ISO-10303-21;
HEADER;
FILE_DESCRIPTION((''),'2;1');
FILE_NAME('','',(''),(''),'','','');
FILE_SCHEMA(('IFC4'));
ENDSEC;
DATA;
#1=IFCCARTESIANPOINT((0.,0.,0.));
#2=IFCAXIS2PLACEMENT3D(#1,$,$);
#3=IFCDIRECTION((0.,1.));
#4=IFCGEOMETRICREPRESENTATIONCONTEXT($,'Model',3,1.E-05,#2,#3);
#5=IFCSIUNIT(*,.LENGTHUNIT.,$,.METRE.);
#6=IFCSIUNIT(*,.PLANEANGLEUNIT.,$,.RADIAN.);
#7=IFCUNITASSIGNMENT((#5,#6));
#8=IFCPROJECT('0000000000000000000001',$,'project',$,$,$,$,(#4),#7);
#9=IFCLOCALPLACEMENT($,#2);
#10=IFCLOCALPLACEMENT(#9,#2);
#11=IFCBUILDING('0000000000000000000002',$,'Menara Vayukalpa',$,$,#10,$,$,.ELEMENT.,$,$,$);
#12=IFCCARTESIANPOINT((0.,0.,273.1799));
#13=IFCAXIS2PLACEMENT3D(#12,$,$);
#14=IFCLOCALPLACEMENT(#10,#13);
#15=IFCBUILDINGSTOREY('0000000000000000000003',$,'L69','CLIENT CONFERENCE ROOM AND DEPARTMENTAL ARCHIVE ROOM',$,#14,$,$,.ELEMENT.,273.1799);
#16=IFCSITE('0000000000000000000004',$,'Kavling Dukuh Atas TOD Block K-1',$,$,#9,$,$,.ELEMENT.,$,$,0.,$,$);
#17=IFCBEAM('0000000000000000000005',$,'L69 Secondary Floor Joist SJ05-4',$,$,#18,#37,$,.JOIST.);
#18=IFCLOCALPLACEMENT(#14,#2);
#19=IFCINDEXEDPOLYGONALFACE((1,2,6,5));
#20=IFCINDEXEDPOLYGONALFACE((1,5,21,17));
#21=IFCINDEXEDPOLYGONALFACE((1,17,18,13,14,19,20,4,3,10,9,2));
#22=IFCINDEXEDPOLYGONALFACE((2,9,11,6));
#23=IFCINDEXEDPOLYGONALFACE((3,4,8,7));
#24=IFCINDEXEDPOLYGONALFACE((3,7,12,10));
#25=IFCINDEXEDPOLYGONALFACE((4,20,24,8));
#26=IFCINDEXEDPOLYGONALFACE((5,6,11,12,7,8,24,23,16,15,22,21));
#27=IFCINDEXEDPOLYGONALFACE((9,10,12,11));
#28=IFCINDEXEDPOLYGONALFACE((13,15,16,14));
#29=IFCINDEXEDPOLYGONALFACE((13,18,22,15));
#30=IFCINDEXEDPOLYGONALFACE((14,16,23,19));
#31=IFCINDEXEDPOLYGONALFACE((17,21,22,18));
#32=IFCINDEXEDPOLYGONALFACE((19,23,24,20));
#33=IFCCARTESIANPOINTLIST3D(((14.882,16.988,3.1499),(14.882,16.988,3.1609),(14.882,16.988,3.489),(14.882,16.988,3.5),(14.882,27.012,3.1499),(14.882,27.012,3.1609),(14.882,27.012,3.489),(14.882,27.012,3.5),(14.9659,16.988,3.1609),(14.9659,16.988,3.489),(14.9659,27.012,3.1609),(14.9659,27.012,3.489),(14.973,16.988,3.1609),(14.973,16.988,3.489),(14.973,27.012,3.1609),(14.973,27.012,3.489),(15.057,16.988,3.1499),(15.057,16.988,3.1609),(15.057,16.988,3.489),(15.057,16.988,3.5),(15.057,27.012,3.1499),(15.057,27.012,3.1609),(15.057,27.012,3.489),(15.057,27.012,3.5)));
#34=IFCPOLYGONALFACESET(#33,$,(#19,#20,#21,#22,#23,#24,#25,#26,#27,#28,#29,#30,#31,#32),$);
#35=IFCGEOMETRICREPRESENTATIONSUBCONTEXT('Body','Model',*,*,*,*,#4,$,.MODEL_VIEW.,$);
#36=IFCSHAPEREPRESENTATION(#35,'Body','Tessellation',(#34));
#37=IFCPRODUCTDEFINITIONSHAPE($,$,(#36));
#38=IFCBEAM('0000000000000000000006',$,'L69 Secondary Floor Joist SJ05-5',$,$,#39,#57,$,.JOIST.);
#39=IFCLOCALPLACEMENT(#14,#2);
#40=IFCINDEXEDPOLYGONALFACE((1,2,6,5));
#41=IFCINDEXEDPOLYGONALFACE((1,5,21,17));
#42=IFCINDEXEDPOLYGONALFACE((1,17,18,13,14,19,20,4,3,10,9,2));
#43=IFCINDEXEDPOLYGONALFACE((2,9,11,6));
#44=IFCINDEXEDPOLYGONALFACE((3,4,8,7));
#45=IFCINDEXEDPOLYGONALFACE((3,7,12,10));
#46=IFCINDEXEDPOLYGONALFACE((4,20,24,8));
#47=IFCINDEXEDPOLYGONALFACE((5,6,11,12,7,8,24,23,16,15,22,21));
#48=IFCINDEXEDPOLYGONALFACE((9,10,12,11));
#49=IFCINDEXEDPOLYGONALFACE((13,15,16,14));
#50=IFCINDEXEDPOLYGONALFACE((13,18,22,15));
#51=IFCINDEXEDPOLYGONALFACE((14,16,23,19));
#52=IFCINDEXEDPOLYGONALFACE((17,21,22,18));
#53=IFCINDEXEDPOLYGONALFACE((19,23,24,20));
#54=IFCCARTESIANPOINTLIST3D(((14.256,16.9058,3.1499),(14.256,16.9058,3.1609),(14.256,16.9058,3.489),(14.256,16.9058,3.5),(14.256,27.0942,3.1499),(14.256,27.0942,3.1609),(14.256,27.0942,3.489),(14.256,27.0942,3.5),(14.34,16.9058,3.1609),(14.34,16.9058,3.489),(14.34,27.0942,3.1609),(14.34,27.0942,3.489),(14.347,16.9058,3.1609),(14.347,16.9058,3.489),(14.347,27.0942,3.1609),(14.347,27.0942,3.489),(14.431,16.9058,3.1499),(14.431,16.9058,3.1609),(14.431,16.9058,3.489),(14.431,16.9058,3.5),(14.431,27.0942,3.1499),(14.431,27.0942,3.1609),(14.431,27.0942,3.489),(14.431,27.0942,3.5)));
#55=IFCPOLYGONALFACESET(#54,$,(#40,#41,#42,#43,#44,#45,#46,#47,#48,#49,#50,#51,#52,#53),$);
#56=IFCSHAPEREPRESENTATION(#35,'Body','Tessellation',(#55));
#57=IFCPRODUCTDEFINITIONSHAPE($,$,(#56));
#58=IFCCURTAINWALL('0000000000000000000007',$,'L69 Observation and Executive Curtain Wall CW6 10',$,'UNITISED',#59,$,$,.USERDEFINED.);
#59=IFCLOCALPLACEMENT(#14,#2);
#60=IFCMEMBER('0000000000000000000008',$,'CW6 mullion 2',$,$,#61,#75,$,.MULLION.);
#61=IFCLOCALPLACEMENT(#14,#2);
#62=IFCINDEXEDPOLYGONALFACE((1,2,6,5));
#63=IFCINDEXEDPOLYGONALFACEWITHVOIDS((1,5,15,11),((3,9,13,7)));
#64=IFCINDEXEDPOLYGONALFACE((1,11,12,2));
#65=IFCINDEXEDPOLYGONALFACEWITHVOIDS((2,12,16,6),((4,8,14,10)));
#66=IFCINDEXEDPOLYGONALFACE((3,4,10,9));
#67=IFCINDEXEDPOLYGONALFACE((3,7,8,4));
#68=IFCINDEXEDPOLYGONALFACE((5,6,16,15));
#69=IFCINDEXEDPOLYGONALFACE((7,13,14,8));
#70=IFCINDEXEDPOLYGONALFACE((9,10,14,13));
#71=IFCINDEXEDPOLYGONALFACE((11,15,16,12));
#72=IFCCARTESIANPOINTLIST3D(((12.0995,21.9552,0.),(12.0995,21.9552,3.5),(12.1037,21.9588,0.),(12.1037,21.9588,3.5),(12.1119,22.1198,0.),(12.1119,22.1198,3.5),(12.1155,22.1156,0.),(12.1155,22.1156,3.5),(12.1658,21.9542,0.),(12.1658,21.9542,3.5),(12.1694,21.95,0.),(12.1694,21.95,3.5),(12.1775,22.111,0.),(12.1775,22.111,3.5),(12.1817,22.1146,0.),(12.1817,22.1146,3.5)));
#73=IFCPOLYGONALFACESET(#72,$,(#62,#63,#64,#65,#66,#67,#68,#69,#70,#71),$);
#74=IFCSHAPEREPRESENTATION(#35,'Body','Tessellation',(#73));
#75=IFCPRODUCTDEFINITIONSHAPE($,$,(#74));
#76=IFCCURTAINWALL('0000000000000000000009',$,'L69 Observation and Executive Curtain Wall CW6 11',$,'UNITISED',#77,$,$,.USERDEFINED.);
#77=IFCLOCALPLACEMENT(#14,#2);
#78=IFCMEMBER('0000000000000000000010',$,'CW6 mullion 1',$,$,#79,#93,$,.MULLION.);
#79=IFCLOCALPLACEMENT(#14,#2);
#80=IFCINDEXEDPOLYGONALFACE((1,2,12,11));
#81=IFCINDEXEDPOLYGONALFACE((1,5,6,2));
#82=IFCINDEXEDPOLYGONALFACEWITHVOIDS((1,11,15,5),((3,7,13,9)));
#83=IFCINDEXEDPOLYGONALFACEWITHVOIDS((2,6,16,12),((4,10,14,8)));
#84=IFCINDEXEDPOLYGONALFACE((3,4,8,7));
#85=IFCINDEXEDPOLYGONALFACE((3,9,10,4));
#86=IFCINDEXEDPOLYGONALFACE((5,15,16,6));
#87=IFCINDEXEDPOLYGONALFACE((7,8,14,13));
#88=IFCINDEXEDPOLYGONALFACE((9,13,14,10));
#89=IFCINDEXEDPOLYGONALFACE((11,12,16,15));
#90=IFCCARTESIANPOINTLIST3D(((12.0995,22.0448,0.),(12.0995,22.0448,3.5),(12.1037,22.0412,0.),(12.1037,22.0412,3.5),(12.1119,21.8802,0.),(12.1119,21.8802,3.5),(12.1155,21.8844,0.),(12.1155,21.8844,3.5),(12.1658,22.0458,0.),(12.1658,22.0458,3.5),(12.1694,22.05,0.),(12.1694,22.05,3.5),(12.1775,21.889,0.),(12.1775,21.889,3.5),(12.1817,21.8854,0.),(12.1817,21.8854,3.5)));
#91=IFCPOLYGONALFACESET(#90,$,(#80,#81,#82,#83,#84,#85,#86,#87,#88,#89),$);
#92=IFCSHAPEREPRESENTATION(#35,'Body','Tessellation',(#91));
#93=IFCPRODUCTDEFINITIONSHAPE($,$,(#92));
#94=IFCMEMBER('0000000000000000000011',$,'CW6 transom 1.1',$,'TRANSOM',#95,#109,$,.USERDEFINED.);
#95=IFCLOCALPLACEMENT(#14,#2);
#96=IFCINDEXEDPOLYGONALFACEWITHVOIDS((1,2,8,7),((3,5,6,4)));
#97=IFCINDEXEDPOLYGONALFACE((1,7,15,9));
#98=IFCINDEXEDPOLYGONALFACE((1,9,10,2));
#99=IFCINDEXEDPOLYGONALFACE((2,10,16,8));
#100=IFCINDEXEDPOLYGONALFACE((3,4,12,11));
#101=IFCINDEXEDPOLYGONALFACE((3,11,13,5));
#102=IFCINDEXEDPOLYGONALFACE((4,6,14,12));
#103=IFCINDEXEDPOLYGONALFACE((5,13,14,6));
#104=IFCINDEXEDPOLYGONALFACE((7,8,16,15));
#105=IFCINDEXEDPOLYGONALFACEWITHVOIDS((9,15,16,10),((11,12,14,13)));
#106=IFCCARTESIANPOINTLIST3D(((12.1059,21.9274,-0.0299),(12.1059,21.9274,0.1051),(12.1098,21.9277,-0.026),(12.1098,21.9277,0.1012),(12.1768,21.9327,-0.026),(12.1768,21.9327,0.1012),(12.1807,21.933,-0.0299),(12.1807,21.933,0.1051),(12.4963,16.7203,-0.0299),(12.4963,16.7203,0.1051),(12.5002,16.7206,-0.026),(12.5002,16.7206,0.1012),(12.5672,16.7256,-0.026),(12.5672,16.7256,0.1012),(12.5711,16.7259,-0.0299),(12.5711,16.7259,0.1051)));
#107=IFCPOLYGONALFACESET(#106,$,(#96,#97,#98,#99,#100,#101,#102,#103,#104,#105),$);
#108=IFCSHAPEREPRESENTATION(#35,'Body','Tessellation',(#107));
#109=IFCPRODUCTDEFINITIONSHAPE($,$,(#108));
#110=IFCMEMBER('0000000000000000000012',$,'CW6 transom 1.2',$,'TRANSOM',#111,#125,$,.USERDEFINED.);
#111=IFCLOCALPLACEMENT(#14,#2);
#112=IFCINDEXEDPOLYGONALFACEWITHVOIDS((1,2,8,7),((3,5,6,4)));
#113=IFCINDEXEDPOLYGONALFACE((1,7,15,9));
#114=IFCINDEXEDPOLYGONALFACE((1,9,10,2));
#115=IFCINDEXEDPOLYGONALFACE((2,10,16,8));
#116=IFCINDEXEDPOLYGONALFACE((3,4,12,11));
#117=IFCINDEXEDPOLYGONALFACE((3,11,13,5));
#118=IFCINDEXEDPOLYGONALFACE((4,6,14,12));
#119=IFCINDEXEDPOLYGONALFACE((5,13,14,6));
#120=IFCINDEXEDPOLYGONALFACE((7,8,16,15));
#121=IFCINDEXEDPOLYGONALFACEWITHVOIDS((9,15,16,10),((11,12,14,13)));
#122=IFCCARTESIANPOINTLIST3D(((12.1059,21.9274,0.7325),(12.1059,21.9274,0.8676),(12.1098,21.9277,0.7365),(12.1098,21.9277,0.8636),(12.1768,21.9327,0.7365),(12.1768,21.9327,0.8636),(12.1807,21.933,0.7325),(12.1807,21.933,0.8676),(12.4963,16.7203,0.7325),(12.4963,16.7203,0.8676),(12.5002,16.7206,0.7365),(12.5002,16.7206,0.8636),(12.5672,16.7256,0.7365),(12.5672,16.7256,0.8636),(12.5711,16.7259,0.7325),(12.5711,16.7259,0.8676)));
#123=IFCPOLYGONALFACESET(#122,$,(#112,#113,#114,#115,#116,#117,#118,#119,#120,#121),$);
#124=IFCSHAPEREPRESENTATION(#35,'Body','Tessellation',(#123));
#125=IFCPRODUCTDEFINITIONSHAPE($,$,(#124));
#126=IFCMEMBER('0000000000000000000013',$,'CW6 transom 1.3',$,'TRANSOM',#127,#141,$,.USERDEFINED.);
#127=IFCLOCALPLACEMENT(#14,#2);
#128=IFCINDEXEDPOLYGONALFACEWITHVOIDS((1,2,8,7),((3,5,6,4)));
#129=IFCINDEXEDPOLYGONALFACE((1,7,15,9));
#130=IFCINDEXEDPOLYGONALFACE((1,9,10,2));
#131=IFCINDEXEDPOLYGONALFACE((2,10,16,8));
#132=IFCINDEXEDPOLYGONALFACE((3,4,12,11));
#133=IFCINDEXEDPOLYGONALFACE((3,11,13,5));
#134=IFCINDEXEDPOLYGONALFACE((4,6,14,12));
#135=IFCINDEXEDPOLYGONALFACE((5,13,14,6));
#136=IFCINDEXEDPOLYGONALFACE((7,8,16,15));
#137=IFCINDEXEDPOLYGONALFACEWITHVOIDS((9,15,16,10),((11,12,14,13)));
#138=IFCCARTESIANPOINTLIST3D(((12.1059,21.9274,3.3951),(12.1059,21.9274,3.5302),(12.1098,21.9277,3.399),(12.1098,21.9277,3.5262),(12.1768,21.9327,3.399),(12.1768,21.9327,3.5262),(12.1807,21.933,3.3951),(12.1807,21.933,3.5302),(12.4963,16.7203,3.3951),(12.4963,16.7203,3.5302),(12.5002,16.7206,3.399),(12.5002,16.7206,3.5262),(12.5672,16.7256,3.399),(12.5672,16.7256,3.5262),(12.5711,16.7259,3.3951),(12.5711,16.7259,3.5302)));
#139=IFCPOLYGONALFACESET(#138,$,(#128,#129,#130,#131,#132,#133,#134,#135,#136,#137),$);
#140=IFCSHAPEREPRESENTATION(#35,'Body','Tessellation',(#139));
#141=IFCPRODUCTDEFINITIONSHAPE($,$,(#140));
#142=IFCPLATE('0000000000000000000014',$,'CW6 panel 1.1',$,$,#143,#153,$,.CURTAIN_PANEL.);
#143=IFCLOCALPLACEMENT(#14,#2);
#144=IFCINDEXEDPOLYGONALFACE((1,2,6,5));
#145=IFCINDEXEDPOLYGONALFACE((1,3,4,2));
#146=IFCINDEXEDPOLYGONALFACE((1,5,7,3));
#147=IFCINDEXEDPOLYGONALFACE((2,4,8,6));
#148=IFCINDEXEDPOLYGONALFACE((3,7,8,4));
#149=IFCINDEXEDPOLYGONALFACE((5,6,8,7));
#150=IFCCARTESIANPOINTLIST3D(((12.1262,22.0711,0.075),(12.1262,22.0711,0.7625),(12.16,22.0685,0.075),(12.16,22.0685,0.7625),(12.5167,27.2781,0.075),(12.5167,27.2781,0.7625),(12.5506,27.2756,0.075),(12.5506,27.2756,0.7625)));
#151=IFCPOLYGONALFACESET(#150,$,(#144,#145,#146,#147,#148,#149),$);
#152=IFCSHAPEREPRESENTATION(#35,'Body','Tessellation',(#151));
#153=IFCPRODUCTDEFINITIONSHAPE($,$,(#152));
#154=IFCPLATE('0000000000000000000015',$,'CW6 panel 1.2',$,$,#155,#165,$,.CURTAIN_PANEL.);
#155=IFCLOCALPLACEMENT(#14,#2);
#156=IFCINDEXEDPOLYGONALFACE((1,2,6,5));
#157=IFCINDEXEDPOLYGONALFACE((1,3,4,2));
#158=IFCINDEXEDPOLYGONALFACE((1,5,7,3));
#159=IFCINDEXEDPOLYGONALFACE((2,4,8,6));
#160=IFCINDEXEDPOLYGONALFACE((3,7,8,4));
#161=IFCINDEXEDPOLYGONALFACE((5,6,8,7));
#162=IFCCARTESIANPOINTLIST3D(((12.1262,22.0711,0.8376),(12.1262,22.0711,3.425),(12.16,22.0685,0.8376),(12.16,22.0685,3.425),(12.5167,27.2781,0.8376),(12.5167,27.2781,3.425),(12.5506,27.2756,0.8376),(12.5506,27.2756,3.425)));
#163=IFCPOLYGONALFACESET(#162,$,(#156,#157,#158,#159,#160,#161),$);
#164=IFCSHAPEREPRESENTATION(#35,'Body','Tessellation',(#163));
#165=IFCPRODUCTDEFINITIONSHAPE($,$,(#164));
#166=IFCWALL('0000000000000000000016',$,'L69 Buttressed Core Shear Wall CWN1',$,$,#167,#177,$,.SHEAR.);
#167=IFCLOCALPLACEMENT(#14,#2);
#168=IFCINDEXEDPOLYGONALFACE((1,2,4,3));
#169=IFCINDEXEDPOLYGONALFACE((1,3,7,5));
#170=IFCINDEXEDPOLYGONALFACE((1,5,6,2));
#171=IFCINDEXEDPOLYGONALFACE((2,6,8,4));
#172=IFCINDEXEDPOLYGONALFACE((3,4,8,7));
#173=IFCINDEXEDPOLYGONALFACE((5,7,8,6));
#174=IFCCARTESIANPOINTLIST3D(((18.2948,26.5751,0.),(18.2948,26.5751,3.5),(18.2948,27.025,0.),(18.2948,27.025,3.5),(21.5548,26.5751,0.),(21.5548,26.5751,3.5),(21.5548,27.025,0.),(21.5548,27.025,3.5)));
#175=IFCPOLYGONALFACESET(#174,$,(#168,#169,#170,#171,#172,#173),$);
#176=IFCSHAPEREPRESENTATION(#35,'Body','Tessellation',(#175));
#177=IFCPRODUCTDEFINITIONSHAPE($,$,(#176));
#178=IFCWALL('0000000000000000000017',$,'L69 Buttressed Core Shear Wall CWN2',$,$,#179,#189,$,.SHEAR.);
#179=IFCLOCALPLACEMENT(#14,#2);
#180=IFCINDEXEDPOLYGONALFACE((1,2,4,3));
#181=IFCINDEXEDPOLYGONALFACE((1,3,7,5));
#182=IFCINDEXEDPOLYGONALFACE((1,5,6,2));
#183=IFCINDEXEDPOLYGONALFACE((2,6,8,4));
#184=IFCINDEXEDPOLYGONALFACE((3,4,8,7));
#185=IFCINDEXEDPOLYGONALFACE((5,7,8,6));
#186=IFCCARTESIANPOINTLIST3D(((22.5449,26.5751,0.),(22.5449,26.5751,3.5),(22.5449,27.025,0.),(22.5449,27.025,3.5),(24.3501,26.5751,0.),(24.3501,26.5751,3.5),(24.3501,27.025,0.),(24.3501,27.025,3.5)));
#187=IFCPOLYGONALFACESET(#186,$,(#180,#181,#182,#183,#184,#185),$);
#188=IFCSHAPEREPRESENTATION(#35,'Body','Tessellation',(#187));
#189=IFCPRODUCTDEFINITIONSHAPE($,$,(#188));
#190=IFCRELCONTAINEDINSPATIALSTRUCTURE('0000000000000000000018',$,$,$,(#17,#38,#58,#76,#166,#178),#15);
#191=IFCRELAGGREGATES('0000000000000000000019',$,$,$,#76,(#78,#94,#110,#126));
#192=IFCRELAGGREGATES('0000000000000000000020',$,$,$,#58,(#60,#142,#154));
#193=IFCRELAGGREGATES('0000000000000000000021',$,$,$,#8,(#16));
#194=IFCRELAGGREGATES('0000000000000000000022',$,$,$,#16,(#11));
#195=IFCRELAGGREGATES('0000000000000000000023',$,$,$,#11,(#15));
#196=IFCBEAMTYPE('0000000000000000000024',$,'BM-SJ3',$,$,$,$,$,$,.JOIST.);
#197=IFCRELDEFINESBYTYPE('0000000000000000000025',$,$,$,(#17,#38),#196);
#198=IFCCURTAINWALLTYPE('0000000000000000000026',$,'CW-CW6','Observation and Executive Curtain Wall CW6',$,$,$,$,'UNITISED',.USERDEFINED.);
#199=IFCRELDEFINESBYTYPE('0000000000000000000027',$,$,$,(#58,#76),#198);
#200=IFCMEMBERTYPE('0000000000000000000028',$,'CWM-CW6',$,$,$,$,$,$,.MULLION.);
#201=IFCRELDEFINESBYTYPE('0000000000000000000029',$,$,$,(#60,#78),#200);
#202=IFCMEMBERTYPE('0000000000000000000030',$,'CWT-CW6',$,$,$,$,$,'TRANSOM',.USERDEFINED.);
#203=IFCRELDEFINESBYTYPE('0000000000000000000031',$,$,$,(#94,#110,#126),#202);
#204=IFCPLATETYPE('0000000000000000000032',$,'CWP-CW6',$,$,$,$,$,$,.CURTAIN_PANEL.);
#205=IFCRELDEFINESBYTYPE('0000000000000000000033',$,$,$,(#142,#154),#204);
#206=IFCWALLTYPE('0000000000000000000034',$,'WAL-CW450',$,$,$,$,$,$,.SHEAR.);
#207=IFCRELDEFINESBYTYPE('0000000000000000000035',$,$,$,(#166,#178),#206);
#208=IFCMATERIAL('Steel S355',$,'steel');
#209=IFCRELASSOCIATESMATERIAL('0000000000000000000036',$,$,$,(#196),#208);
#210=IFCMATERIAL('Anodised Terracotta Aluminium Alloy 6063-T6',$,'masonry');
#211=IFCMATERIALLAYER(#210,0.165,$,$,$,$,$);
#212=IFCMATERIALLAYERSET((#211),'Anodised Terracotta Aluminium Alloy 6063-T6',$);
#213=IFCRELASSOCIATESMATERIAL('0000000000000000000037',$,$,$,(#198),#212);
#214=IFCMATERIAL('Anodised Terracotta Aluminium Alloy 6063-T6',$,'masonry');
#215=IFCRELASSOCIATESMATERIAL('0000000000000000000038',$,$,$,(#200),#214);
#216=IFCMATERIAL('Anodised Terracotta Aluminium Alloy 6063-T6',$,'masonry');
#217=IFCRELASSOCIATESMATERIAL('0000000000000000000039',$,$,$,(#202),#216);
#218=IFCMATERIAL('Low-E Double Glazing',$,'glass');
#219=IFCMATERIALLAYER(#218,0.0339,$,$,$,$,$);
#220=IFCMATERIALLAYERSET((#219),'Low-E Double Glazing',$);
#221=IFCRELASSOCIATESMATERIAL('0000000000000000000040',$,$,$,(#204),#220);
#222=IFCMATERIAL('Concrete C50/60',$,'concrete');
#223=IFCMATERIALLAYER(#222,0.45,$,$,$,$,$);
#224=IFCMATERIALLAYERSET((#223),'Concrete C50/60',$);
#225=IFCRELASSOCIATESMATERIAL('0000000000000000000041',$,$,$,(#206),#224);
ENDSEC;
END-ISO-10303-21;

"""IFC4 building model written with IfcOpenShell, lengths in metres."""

from ifc_helpers import new_model, si_unit, direction, frame, frame_2d, origin, origin_2d, place, context, subcontext, project, spatial, rectangle, hollow_rectangle, i_section, extrude, material, layer, layer_set, material_profile, profile_set, type_object, element, aggregate, save


model = new_model("IFC4")

# Units and contexts
model_context = context("Model", 3, precision=1e-05, world=origin(), true_north=direction((0.0, 1.0)))
body_context = subcontext(model_context, "Body", "Model", "MODEL_VIEW")
ifc_project = project(units=[si_unit("LENGTHUNIT", "METRE"), si_unit("PLANEANGLEUNIT", "RADIAN")], contexts=[model_context])

# Site, building, storey
site_placement = place(None, origin())
site = spatial("IfcSite", under=ifc_project, at=site_placement, Name="Kavling Dukuh Atas TOD Block K-1", CompositionType="ELEMENT", RefElevation=0.0)
building_placement = place(site_placement, origin())
building = spatial("IfcBuilding", under=site, at=building_placement, Name="Menara Vayukalpa", CompositionType="ELEMENT")
storey_placement = place(building_placement, frame((0.0, 0.0, 273.1799)))
storey = spatial("IfcBuildingStorey", under=building, at=storey_placement, Name="L69", Description="CLIENT CONFERENCE ROOM AND DEPARTMENTAL ARCHIVE ROOM", CompositionType="ELEMENT", Elevation=273.1799)

# Beams
ifc_material_1 = material(Name="Steel S355", Category="steel")
ifc_material_profile_1 = material_profile(ifc_material_1, i_section(OverallWidth=0.175, OverallDepth=0.3501, WebThickness=0.0071, FlangeThickness=0.011, at=origin_2d()), Name="WF 350x175x7x11")
ifc_profile_set_1 = profile_set([ifc_material_profile_1], Name="Steel S355")
beam_type_1 = type_object("IfcBeamType", Name="BM-SJ3", PredefinedType="JOIST", material=ifc_profile_set_1)
beam_1_placement = place(storey_placement, frame((14.9695, 27.012, 3.325), z_axis=(0.0, -1.0, 0.0), x_axis=(1.0, 0.0, 0.0)))
element("IfcBeam", 1, at=beam_1_placement, inside=storey, type_object=beam_type_1, Name="L69 Secondary Floor Joist SJ05-4", PredefinedType="JOIST", context=body_context, shape_type="SweptSolid", body=[
    extrude(i_section(OverallWidth=0.175, OverallDepth=0.3501, WebThickness=0.0071, FlangeThickness=0.011, at=origin_2d()), origin(), (0.0, 0.0, 1.0), 10.0239),
])
beam_2_placement = place(storey_placement, frame((14.3435, 27.0942, 3.325), z_axis=(0.0, -1.0, 0.0), x_axis=(1.0, 0.0, 0.0)))
element("IfcBeam", 2, at=beam_2_placement, inside=storey, type_object=beam_type_1, Name="L69 Secondary Floor Joist SJ05-5", PredefinedType="JOIST", context=body_context, shape_type="SweptSolid", body=[
    extrude(i_section(OverallWidth=0.175, OverallDepth=0.3501, WebThickness=0.0071, FlangeThickness=0.011, at=origin_2d()), origin(), (0.0, 0.0, 1.0), 10.1885),
])

# Curtain wall, member
ifc_material_2 = material(Name="Anodised Terracotta Aluminium Alloy 6063-T6", Category="masonry")
ifc_layer_1 = layer(ifc_material_2, 0.165)
ifc_layer_set_1 = layer_set([ifc_layer_1], Name="Anodised Terracotta Aluminium Alloy 6063-T6")
curtain_wall_type = type_object("IfcCurtainWallType", Name="CW-CW6", Description="Observation and Executive Curtain Wall CW6", ElementType="UNITISED", PredefinedType="USERDEFINED", material=ifc_layer_set_1)
curtain_wall_1_placement = place(storey_placement, origin())
curtain_wall_1 = element("IfcCurtainWall", 3, at=curtain_wall_1_placement, inside=storey, type_object=curtain_wall_type, Name="L69 Observation and Executive Curtain Wall CW6 10", ObjectType="UNITISED", PredefinedType="USERDEFINED")
ifc_material_3 = material(Name="Anodised Terracotta Aluminium Alloy 6063-T6", Category="masonry")
ifc_material_profile_2 = material_profile(ifc_material_3, hollow_rectangle(XDim=0.0701, YDim=0.165, WallThickness=0.0039, at=origin_2d()), Name="ALU 70x165x4")
ifc_profile_set_2 = profile_set([ifc_material_profile_2], Name="Anodised Terracotta Aluminium Alloy 6063-T6")
member_type_1 = type_object("IfcMemberType", Name="CWM-CW6", PredefinedType="MULLION", material=ifc_profile_set_2)
member_1_placement = place(storey_placement, frame((12.1406, 22.0349, 0.0), z_axis=(0.0, 0.0, 1.0), x_axis=(0.997199, -0.074789, 0.0)))
member_1 = element("IfcMember", 4, at=member_1_placement, type_object=member_type_1, Name="CW6 mullion 2", PredefinedType="MULLION", context=body_context, shape_type="SweptSolid", body=[
    extrude(hollow_rectangle(XDim=0.0701, YDim=0.165, WallThickness=0.0039, at=origin_2d()), origin(), (0.0, 0.0, 1.0), 3.5),
])

# Curtain wall, members
curtain_wall_2_placement = place(storey_placement, origin())
curtain_wall_2 = element("IfcCurtainWall", 5, at=curtain_wall_2_placement, inside=storey, type_object=curtain_wall_type, Name="L69 Observation and Executive Curtain Wall CW6 11", ObjectType="UNITISED", PredefinedType="USERDEFINED")
member_2_placement = place(storey_placement, frame((12.1406, 21.9651, 0.0), z_axis=(0.0, 0.0, 1.0), x_axis=(0.997199, 0.074789, 0.0)))
member_2 = element("IfcMember", 6, at=member_2_placement, type_object=member_type_1, Name="CW6 mullion 1", PredefinedType="MULLION", context=body_context, shape_type="SweptSolid", body=[
    extrude(hollow_rectangle(XDim=0.0701, YDim=0.165, WallThickness=0.0039, at=origin_2d()), origin(), (0.0, 0.0, 1.0), 3.5),
])
ifc_material_4 = material(Name="Anodised Terracotta Aluminium Alloy 6063-T6", Category="masonry")
ifc_material_profile_3 = material_profile(ifc_material_4, hollow_rectangle(XDim=0.075, YDim=0.135, WallThickness=0.0039, at=origin_2d()), Name="ALU 75x135x4")
ifc_profile_set_3 = profile_set([ifc_material_profile_3], Name="Anodised Terracotta Aluminium Alloy 6063-T6")
member_type_2 = type_object("IfcMemberType", Name="CWT-CW6", ElementType="TRANSOM", PredefinedType="USERDEFINED", material=ifc_profile_set_3)
member_3_placement = place(storey_placement, frame((12.1433, 21.9302, 0.0376), z_axis=(0.074762, -0.997201, 0.0), x_axis=(0.997201, 0.074762, 0.0)))
member_3 = element("IfcMember", 7, at=member_3_placement, type_object=member_type_2, Name="CW6 transom 1.1", ObjectType="TRANSOM", PredefinedType="USERDEFINED", context=body_context, shape_type="SweptSolid", body=[
    extrude(hollow_rectangle(XDim=0.075, YDim=0.135, WallThickness=0.0039, at=origin_2d()), origin(), (0.0, 0.0, 1.0), 5.2217),
])
member_4_placement = place(storey_placement, frame((12.1433, 21.9302, 0.8), z_axis=(0.074762, -0.997201, 0.0), x_axis=(0.997201, 0.074762, 0.0)))
member_4 = element("IfcMember", 8, at=member_4_placement, type_object=member_type_2, Name="CW6 transom 1.2", ObjectType="TRANSOM", PredefinedType="USERDEFINED", context=body_context, shape_type="SweptSolid", body=[
    extrude(hollow_rectangle(XDim=0.075, YDim=0.135, WallThickness=0.0039, at=origin_2d()), origin(), (0.0, 0.0, 1.0), 5.2217),
])
member_5_placement = place(storey_placement, frame((12.1433, 21.9302, 3.4626), z_axis=(0.074762, -0.997201, 0.0), x_axis=(0.997201, 0.074762, 0.0)))
member_5 = element("IfcMember", 9, at=member_5_placement, type_object=member_type_2, Name="CW6 transom 1.3", ObjectType="TRANSOM", PredefinedType="USERDEFINED", context=body_context, shape_type="SweptSolid", body=[
    extrude(hollow_rectangle(XDim=0.075, YDim=0.135, WallThickness=0.0039, at=origin_2d()), origin(), (0.0, 0.0, 1.0), 5.2217),
])
aggregate(curtain_wall_2, [member_2, member_3, member_4, member_5])

# Plates
ifc_material_5 = material(Name="Low-E Double Glazing", Category="glass")
ifc_layer_2 = layer(ifc_material_5, 0.0339)
ifc_layer_set_2 = layer_set([ifc_layer_2], Name="Low-E Double Glazing")
plate_type = type_object("IfcPlateType", Name="CWP-CW6", PredefinedType="CURTAIN_PANEL", material=ifc_layer_set_2)
plate_1_placement = place(storey_placement, frame((12.3384, 24.6733, 0.075), z_axis=(0.0, 0.0, 1.0), x_axis=(-0.074789, -0.997199, 0.0)))
plate_1 = element("IfcPlate", 10, at=plate_1_placement, type_object=plate_type, Name="CW6 panel 1.1", PredefinedType="CURTAIN_PANEL", context=body_context, shape_type="SweptSolid", body=[
    extrude(rectangle(XDim=5.2217, YDim=0.0339, at=origin_2d()), origin(), (0.0, 0.0, 1.0), 0.6875),
])
plate_2_placement = place(storey_placement, frame((12.3384, 24.6733, 0.8376), z_axis=(0.0, 0.0, 1.0), x_axis=(-0.074789, -0.997199, 0.0)))
plate_2 = element("IfcPlate", 11, at=plate_2_placement, type_object=plate_type, Name="CW6 panel 1.2", PredefinedType="CURTAIN_PANEL", context=body_context, shape_type="SweptSolid", body=[
    extrude(rectangle(XDim=5.2217, YDim=0.0339, at=origin_2d()), origin(), (0.0, 0.0, 1.0), 2.5874),
])
aggregate(curtain_wall_1, [member_1, plate_1, plate_2])

# Walls
ifc_material_6 = material(Name="Concrete C50/60", Category="concrete")
ifc_layer_3 = layer(ifc_material_6, 0.45)
ifc_layer_set_3 = layer_set([ifc_layer_3], Name="Concrete C50/60")
wall_type_1 = type_object("IfcWallType", Name="WAL-CW450", PredefinedType="SHEAR", material=ifc_layer_set_3)
wall_1_placement = place(storey_placement, frame((18.2949, 26.8, 0.0), z_axis=(0.0, 0.0, 1.0), x_axis=(1.0, 0.0, 0.0)))
element("IfcWall", 12, at=wall_1_placement, inside=storey, type_object=wall_type_1, Name="L69 Buttressed Core Shear Wall CWN1", PredefinedType="SHEAR", context=body_context, shape_type="SweptSolid", body=[
    extrude(rectangle(XDim=3.26, YDim=0.45, at=frame_2d((1.6299, 0.0))), origin(), (0.0, 0.0, 1.0), 3.5),
])
wall_2_placement = place(storey_placement, frame((22.5449, 26.8, 0.0), z_axis=(0.0, 0.0, 1.0), x_axis=(1.0, 0.0, 0.0)))
element("IfcWall", 13, at=wall_2_placement, inside=storey, type_object=wall_type_1, Name="L69 Buttressed Core Shear Wall CWN2", PredefinedType="SHEAR", context=body_context, shape_type="SweptSolid", body=[
    extrude(rectangle(XDim=1.8052, YDim=0.45, at=frame_2d((0.9026, 0.0))), origin(), (0.0, 0.0, 1.0), 3.5),
])

save(model, "model.ifc")
